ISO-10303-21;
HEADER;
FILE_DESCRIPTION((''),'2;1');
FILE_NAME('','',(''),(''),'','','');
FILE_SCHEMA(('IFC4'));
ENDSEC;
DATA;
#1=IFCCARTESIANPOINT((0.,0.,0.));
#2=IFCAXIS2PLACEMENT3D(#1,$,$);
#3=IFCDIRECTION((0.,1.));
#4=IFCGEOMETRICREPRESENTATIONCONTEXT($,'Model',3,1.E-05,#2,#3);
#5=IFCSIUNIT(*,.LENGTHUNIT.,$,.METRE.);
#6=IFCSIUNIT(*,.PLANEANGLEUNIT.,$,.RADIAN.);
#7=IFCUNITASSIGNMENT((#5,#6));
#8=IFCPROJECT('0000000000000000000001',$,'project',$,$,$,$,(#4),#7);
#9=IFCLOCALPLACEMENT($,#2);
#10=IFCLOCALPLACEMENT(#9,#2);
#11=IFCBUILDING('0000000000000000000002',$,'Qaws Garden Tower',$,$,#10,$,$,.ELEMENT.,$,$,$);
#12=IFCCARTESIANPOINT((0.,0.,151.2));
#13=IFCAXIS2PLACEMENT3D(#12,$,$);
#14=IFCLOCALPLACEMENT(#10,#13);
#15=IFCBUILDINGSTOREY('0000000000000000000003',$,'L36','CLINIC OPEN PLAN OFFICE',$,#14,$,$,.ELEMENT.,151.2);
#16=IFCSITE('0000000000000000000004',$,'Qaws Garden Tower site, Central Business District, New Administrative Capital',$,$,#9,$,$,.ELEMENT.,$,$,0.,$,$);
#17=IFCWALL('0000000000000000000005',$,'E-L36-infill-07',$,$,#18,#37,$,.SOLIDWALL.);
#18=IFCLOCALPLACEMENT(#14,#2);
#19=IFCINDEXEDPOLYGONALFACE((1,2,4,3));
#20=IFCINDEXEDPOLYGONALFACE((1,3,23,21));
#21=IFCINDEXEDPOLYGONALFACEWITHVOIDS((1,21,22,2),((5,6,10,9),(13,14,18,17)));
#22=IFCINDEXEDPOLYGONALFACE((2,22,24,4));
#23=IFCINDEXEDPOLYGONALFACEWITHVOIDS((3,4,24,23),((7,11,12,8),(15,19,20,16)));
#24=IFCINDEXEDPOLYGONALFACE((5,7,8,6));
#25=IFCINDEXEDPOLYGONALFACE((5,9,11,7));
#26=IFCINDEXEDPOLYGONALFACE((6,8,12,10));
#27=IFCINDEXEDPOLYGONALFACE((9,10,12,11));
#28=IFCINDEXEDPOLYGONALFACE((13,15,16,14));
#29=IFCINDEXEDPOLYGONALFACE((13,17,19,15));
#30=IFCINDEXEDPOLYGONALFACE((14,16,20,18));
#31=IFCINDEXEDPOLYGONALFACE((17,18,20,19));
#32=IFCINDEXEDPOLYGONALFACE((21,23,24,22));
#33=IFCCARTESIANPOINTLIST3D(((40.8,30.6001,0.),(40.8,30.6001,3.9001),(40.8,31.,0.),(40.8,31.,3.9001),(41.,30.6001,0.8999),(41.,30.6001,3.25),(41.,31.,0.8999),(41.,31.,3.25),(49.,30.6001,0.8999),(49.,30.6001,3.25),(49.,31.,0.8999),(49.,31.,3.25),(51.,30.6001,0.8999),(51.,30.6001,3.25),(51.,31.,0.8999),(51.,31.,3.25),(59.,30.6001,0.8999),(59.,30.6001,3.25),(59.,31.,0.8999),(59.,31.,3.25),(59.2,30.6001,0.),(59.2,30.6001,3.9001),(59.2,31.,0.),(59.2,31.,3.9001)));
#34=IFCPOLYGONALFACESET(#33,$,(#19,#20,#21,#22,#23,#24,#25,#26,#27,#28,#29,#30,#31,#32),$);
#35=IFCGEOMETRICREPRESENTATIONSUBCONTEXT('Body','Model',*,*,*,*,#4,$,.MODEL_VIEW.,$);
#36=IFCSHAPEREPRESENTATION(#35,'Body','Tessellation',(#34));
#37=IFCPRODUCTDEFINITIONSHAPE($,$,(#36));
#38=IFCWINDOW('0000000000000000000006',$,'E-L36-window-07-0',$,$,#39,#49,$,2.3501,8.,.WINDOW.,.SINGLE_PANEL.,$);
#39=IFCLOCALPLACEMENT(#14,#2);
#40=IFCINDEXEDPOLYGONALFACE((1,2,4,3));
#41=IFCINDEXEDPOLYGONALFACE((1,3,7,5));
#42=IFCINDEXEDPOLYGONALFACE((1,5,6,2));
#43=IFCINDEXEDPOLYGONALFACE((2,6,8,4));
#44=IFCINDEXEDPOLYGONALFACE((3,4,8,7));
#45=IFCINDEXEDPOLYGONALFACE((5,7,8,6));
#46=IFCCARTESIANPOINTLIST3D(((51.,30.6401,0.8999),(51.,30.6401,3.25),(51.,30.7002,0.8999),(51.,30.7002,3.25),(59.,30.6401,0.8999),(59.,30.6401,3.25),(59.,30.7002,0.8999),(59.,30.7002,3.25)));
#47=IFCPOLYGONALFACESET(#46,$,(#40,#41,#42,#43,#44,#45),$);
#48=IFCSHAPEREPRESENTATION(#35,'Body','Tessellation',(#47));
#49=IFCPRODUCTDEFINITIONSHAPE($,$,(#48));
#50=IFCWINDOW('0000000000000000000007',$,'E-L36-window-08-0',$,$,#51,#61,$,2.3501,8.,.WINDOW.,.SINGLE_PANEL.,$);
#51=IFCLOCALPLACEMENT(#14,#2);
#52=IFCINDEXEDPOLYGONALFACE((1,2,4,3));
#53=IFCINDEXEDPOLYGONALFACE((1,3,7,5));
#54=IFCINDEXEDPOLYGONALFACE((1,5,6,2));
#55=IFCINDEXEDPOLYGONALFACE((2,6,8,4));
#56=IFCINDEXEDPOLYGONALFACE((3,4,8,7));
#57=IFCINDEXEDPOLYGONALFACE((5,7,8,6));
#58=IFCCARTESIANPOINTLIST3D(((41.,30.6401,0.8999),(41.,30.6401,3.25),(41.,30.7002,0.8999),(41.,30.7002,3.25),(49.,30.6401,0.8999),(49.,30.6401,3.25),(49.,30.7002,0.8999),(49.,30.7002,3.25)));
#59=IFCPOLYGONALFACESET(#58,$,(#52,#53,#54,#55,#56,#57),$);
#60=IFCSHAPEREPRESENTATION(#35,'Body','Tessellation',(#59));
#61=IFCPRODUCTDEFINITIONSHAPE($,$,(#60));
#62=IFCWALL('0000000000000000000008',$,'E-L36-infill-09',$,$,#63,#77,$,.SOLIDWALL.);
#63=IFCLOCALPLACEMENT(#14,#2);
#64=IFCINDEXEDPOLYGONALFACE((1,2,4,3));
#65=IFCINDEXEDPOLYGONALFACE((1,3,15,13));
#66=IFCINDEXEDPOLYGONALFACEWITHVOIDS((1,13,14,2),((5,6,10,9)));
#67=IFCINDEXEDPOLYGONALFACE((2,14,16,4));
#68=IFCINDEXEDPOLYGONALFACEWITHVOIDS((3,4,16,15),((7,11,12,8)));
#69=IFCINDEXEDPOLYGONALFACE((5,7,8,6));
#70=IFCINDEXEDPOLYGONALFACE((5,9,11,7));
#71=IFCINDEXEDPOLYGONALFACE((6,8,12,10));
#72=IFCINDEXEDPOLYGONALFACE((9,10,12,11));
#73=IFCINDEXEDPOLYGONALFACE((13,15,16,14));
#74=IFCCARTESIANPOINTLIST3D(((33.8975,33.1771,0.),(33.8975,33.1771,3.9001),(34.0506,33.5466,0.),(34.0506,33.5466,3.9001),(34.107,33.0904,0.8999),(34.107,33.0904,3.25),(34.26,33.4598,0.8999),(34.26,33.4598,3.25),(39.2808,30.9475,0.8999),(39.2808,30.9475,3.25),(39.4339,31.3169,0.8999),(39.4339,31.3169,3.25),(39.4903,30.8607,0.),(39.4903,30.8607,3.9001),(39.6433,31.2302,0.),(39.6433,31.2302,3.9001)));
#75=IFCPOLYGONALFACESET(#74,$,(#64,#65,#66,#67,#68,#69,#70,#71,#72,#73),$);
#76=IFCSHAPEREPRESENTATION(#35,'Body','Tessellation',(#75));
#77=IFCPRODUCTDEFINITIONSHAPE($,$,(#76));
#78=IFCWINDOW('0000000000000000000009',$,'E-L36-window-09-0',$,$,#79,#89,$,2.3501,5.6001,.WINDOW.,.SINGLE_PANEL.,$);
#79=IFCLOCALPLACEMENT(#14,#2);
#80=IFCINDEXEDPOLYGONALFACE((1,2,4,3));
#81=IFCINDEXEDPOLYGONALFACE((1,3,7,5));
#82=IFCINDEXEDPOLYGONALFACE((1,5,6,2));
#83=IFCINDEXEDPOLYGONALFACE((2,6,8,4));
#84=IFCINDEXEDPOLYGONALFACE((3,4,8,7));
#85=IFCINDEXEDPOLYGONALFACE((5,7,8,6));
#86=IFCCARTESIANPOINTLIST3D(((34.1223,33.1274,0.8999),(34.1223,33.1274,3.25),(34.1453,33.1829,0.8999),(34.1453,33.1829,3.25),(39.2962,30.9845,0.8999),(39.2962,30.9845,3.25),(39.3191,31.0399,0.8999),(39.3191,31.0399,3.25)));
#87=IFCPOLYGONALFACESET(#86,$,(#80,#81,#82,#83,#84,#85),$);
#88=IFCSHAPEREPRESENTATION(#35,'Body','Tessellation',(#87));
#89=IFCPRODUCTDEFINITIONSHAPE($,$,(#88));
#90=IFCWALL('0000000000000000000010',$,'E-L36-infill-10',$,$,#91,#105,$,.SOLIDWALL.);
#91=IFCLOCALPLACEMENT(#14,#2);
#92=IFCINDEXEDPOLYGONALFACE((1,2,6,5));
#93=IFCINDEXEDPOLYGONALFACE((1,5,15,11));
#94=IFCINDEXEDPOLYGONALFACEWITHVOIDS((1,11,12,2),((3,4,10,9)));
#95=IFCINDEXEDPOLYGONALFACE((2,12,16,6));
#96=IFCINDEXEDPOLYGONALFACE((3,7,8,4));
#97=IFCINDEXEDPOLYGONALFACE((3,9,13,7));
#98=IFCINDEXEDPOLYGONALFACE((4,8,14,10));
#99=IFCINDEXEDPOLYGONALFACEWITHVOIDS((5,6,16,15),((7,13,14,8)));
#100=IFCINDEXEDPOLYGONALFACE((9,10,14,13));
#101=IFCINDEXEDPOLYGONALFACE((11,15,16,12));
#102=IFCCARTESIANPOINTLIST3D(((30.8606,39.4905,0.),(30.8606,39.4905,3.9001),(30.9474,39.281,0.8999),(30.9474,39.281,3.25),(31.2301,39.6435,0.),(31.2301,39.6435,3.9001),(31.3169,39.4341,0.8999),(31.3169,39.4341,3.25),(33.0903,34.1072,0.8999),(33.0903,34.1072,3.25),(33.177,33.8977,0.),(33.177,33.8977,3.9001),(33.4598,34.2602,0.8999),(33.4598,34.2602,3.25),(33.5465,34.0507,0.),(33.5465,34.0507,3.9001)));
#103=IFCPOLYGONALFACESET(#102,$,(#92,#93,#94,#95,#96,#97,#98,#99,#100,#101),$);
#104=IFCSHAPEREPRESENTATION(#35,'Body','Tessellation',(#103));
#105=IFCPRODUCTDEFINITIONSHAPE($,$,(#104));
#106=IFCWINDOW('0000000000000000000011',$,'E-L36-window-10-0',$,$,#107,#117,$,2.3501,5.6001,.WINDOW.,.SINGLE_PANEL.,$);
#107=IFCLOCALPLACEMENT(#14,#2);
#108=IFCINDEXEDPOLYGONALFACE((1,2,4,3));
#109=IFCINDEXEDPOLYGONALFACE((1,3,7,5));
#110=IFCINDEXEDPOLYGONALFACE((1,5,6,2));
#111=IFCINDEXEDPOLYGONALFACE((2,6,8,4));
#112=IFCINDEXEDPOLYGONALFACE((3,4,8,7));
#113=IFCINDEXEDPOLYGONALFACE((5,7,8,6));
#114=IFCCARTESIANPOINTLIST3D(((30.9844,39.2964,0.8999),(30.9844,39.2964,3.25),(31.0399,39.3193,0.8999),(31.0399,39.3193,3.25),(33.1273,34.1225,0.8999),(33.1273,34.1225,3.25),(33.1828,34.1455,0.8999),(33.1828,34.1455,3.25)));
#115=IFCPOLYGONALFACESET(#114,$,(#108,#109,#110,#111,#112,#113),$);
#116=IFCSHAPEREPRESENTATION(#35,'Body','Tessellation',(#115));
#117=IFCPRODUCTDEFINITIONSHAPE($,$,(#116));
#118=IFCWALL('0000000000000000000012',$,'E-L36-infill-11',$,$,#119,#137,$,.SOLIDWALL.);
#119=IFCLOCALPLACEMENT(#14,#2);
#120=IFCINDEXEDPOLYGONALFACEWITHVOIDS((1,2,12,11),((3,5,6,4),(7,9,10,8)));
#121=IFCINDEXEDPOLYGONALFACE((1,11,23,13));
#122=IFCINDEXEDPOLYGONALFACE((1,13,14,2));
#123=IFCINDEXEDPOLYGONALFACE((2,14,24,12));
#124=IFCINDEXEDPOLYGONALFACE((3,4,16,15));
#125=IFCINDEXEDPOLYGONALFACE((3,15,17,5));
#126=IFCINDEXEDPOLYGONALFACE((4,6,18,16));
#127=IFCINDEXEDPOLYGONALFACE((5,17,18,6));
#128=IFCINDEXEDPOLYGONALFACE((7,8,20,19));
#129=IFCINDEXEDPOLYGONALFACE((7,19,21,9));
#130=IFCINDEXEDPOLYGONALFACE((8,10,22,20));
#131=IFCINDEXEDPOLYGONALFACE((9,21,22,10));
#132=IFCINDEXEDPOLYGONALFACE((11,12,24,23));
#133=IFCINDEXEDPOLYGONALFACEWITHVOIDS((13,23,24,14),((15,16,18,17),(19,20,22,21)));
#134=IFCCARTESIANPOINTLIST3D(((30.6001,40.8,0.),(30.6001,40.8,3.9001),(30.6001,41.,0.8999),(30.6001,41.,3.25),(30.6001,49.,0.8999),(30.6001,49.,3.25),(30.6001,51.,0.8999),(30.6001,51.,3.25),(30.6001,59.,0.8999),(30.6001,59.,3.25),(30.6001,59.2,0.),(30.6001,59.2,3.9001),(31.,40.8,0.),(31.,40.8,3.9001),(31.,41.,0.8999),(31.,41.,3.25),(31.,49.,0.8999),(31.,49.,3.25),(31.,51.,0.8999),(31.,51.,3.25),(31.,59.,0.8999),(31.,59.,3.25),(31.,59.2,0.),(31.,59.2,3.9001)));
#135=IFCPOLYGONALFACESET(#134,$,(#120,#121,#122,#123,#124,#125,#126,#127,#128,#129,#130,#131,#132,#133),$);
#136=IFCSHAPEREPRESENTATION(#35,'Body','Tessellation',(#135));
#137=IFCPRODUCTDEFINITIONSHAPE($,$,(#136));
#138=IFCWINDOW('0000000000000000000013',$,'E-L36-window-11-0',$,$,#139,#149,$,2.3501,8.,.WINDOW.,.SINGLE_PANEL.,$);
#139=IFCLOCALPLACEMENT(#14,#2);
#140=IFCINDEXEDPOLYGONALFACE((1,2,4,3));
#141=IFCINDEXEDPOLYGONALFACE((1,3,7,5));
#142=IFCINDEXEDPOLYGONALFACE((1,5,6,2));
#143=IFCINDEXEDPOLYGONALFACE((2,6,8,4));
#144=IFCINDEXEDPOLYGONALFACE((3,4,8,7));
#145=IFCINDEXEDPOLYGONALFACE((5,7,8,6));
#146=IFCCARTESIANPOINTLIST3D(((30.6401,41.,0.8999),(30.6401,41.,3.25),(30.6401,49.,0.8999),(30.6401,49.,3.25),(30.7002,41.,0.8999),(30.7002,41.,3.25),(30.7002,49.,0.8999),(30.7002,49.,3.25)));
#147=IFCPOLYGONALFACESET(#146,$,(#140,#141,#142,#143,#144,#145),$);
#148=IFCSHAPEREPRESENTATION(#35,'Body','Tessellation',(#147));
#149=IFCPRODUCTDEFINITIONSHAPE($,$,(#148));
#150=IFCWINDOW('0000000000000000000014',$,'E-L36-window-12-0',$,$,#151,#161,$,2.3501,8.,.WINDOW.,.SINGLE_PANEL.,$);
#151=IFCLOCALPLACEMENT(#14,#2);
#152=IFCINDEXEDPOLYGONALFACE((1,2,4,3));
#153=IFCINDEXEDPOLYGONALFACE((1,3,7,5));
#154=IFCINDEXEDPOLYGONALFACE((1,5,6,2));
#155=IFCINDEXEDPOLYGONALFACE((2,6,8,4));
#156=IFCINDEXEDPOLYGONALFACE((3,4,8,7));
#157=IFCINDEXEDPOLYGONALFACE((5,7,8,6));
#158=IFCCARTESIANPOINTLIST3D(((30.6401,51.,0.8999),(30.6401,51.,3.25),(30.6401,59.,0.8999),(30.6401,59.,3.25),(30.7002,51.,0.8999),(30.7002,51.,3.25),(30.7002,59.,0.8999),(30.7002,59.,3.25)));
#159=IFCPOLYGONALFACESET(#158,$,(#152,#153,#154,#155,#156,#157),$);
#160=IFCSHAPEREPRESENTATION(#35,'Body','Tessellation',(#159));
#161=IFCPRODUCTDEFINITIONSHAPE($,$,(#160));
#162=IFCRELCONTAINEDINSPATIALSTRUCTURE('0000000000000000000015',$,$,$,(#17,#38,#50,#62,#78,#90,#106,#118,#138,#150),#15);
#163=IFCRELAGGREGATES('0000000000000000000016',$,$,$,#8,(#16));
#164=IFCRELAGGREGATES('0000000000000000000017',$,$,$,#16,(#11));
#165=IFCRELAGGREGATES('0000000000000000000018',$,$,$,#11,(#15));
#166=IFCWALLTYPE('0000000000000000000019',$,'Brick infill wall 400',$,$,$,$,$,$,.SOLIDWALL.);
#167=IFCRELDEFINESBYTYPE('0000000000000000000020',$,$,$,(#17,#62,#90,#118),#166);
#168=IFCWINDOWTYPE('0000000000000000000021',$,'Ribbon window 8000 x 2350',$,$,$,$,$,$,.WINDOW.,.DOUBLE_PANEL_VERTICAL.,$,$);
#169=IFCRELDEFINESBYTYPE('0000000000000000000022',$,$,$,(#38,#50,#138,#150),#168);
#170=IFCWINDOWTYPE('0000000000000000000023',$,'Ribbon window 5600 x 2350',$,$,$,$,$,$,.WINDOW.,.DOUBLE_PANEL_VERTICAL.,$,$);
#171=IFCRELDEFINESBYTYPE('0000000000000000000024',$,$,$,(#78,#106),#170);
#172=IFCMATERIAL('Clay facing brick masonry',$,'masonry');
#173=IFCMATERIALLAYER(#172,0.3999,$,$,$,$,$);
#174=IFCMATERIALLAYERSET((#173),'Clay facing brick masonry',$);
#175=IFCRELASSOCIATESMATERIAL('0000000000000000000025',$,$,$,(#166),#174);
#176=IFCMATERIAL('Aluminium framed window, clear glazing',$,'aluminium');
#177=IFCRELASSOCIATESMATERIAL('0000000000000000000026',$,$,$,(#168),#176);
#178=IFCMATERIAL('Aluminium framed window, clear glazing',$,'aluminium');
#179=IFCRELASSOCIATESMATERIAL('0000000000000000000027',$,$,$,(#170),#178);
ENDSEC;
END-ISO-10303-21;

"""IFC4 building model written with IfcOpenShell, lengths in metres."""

from ifc_helpers import new_model, si_unit, direction, frame, frame_2d, origin, place, context, subcontext, project, spatial, rectangle, extrude, material, layer, layer_set, type_object, element, fill, save


model = new_model("IFC4")

# Units and contexts
model_context = context("Model", 3, precision=1e-05, world=origin(), true_north=direction((0.0, 1.0)))
body_context = subcontext(model_context, "Body", "Model", "MODEL_VIEW")
ifc_project = project(units=[si_unit("LENGTHUNIT", "METRE"), si_unit("PLANEANGLEUNIT", "RADIAN")], contexts=[model_context])

# Site, building, storey
site_placement = place(None, origin())
site = spatial("IfcSite", under=ifc_project, at=site_placement, Name="Qaws Garden Tower site, Central Business District, New Administrative Capital", CompositionType="ELEMENT", RefElevation=0.0)
building_placement = place(site_placement, origin())
building = spatial("IfcBuilding", under=site, at=building_placement, Name="Qaws Garden Tower", CompositionType="ELEMENT")
storey_placement = place(building_placement, frame((0.0, 0.0, 151.2)))
storey = spatial("IfcBuildingStorey", under=building, at=storey_placement, Name="L36", Description="CLINIC OPEN PLAN OFFICE", CompositionType="ELEMENT", Elevation=151.2)

# Wall, openings, windows
ifc_material_1 = material(Name="Clay facing brick masonry", Category="masonry")
ifc_layer_1 = layer(ifc_material_1, 0.3999)
ifc_layer_set_1 = layer_set([ifc_layer_1], Name="Clay facing brick masonry")
wall_type_1 = type_object("IfcWallType", Name="Brick infill wall 400", PredefinedType="SOLIDWALL", material=ifc_layer_set_1)
wall_1_placement = place(storey_placement, frame((59.2, 30.8, 0.0), z_axis=(0.0, 0.0, 1.0), x_axis=(-1.0, 0.0, 0.0)))
wall_1 = element("IfcWall", 1, at=wall_1_placement, inside=storey, type_object=wall_type_1, Name="E-L36-infill-07", PredefinedType="SOLIDWALL", context=body_context, shape_type="SweptSolid", body=[
    extrude(rectangle(XDim=18.3999, YDim=0.3999, at=frame_2d((9.2, 0.0))), origin(), (0.0, 0.0, 1.0), 3.9001),
])
opening_1_placement = place(wall_1_placement, frame((0.2, 0.0, 0.8999)))
opening_1 = element("IfcOpeningElement", 2, at=opening_1_placement, cuts=wall_1, PredefinedType="OPENING", context=body_context, shape_type="SweptSolid", body=[
    extrude(rectangle(XDim=8.0, YDim=2.3501, at=frame_2d((4.0, 1.175))), frame((0.0, 0.21, 0.0), z_axis=(0.0, -1.0, 0.0), x_axis=(1.0, 0.0, 0.0)), (0.0, 0.0, 1.0), 0.4199),
])
opening_2_placement = place(wall_1_placement, frame((10.2, 0.0, 0.8999)))
opening_2 = element("IfcOpeningElement", 3, at=opening_2_placement, cuts=wall_1, PredefinedType="OPENING", context=body_context, shape_type="SweptSolid", body=[
    extrude(rectangle(XDim=8.0, YDim=2.3501, at=frame_2d((4.0, 1.175))), frame((0.0, 0.21, 0.0), z_axis=(0.0, -1.0, 0.0), x_axis=(1.0, 0.0, 0.0)), (0.0, 0.0, 1.0), 0.4199),
])
ifc_material_2 = material(Name="Aluminium framed window, clear glazing", Category="aluminium")
window_type_1 = type_object("IfcWindowType", Name="Ribbon window 8000 x 2350", PartitioningType="DOUBLE_PANEL_VERTICAL", PredefinedType="WINDOW", material=ifc_material_2)
window_1_placement = place(opening_1_placement, origin())
window_1 = element("IfcWindow", 4, at=window_1_placement, inside=storey, type_object=window_type_1, Name="E-L36-window-07-0", OverallHeight=2.3501, OverallWidth=8.0, PartitioningType="SINGLE_PANEL", PredefinedType="WINDOW", context=body_context, shape_type="SweptSolid", body=[
    extrude(rectangle(XDim=8.0, YDim=2.3501, at=frame_2d((4.0, 1.175))), frame((0.0, 0.1599, 0.0), z_axis=(0.0, -1.0, 0.0), x_axis=(1.0, 0.0, 0.0)), (0.0, 0.0, 1.0), 0.0601),
])
fill(opening_1, window_1)
window_2_placement = place(opening_2_placement, origin())
window_2 = element("IfcWindow", 5, at=window_2_placement, inside=storey, type_object=window_type_1, Name="E-L36-window-08-0", OverallHeight=2.3501, OverallWidth=8.0, PartitioningType="SINGLE_PANEL", PredefinedType="WINDOW", context=body_context, shape_type="SweptSolid", body=[
    extrude(rectangle(XDim=8.0, YDim=2.3501, at=frame_2d((4.0, 1.175))), frame((0.0, 0.1599, 0.0), z_axis=(0.0, -1.0, 0.0), x_axis=(1.0, 0.0, 0.0)), (0.0, 0.0, 1.0), 0.0601),
])
fill(opening_2, window_2)

# Walls, openings, windows
wall_2_placement = place(storey_placement, frame((39.5669, 31.0454, 0.0), z_axis=(0.0, 0.0, 1.0), x_axis=(-0.923891, 0.382656, 0.0)))
wall_2 = element("IfcWall", 6, at=wall_2_placement, inside=storey, type_object=wall_type_1, Name="E-L36-infill-09", PredefinedType="SOLIDWALL", context=body_context, shape_type="SweptSolid", body=[
    extrude(rectangle(XDim=6.0535, YDim=0.3999, at=frame_2d((3.0269, 0.0))), origin(), (0.0, 0.0, 1.0), 3.9001),
])
opening_3_placement = place(wall_2_placement, frame((0.2268, 0.0, 0.8999)))
opening_3 = element("IfcOpeningElement", 7, at=opening_3_placement, cuts=wall_2, PredefinedType="OPENING", context=body_context, shape_type="SweptSolid", body=[
    extrude(rectangle(XDim=5.6001, YDim=2.3501, at=frame_2d((2.8, 1.175))), frame((0.0, 0.21, 0.0), z_axis=(0.0, -1.0, 0.0), x_axis=(1.0, 0.0, 0.0)), (0.0, 0.0, 1.0), 0.4199),
])
ifc_material_3 = material(Name="Aluminium framed window, clear glazing", Category="aluminium")
window_type_2 = type_object("IfcWindowType", Name="Ribbon window 5600 x 2350", PartitioningType="DOUBLE_PANEL_VERTICAL", PredefinedType="WINDOW", material=ifc_material_3)
window_3_placement = place(opening_3_placement, origin())
window_3 = element("IfcWindow", 8, at=window_3_placement, inside=storey, type_object=window_type_2, Name="E-L36-window-09-0", OverallHeight=2.3501, OverallWidth=5.6001, PartitioningType="SINGLE_PANEL", PredefinedType="WINDOW", context=body_context, shape_type="SweptSolid", body=[
    extrude(rectangle(XDim=5.6001, YDim=2.3501, at=frame_2d((2.8, 1.175))), frame((0.0, 0.1599, 0.0), z_axis=(0.0, -1.0, 0.0), x_axis=(1.0, 0.0, 0.0)), (0.0, 0.0, 1.0), 0.0601),
])
fill(opening_3, window_3)
wall_3_placement = place(storey_placement, frame((33.3618, 33.9741, 0.0), z_axis=(0.0, 0.0, 1.0), x_axis=(-0.382656, 0.923891, 0.0)))
wall_3 = element("IfcWall", 9, at=wall_3_placement, inside=storey, type_object=wall_type_1, Name="E-L36-infill-10", PredefinedType="SOLIDWALL", context=body_context, shape_type="SweptSolid", body=[
    extrude(rectangle(XDim=6.0535, YDim=0.3999, at=frame_2d((3.0269, 0.0))), origin(), (0.0, 0.0, 1.0), 3.9001),
])
opening_4_placement = place(wall_3_placement, frame((0.2268, 0.0, 0.8999)))
opening_4 = element("IfcOpeningElement", 10, at=opening_4_placement, cuts=wall_3, PredefinedType="OPENING", context=body_context, shape_type="SweptSolid", body=[
    extrude(rectangle(XDim=5.6001, YDim=2.3501, at=frame_2d((2.8, 1.175))), frame((0.0, 0.21, 0.0), z_axis=(0.0, -1.0, 0.0), x_axis=(1.0, 0.0, 0.0)), (0.0, 0.0, 1.0), 0.4199),
])
window_4_placement = place(opening_4_placement, origin())
window_4 = element("IfcWindow", 11, at=window_4_placement, inside=storey, type_object=window_type_2, Name="E-L36-window-10-0", OverallHeight=2.3501, OverallWidth=5.6001, PartitioningType="SINGLE_PANEL", PredefinedType="WINDOW", context=body_context, shape_type="SweptSolid", body=[
    extrude(rectangle(XDim=5.6001, YDim=2.3501, at=frame_2d((2.8, 1.175))), frame((0.0, 0.1599, 0.0), z_axis=(0.0, -1.0, 0.0), x_axis=(1.0, 0.0, 0.0)), (0.0, 0.0, 1.0), 0.0601),
])
fill(opening_4, window_4)

# Wall, openings, windows
wall_4_placement = place(storey_placement, frame((30.8, 40.8, 0.0), z_axis=(0.0, 0.0, 1.0), x_axis=(0.0, 1.0, 0.0)))
wall_4 = element("IfcWall", 12, at=wall_4_placement, inside=storey, type_object=wall_type_1, Name="E-L36-infill-11", PredefinedType="SOLIDWALL", context=body_context, shape_type="SweptSolid", body=[
    extrude(rectangle(XDim=18.3999, YDim=0.3999, at=frame_2d((9.2, 0.0))), origin(), (0.0, 0.0, 1.0), 3.9001),
])
opening_5_placement = place(wall_4_placement, frame((0.2, 0.0, 0.8999)))
opening_5 = element("IfcOpeningElement", 13, at=opening_5_placement, cuts=wall_4, PredefinedType="OPENING", context=body_context, shape_type="SweptSolid", body=[
    extrude(rectangle(XDim=8.0, YDim=2.3501, at=frame_2d((4.0, 1.175))), frame((0.0, 0.21, 0.0), z_axis=(0.0, -1.0, 0.0), x_axis=(1.0, 0.0, 0.0)), (0.0, 0.0, 1.0), 0.4199),
])
opening_6_placement = place(wall_4_placement, frame((10.2, 0.0, 0.8999)))
opening_6 = element("IfcOpeningElement", 14, at=opening_6_placement, cuts=wall_4, PredefinedType="OPENING", context=body_context, shape_type="SweptSolid", body=[
    extrude(rectangle(XDim=8.0, YDim=2.3501, at=frame_2d((4.0, 1.175))), frame((0.0, 0.21, 0.0), z_axis=(0.0, -1.0, 0.0), x_axis=(1.0, 0.0, 0.0)), (0.0, 0.0, 1.0), 0.4199),
])
window_5_placement = place(opening_5_placement, origin())
window_5 = element("IfcWindow", 15, at=window_5_placement, inside=storey, type_object=window_type_1, Name="E-L36-window-11-0", OverallHeight=2.3501, OverallWidth=8.0, PartitioningType="SINGLE_PANEL", PredefinedType="WINDOW", context=body_context, shape_type="SweptSolid", body=[
    extrude(rectangle(XDim=8.0, YDim=2.3501, at=frame_2d((4.0, 1.175))), frame((0.0, 0.1599, 0.0), z_axis=(0.0, -1.0, 0.0), x_axis=(1.0, 0.0, 0.0)), (0.0, 0.0, 1.0), 0.0601),
])
fill(opening_5, window_5)
window_6_placement = place(opening_6_placement, origin())
window_6 = element("IfcWindow", 16, at=window_6_placement, inside=storey, type_object=window_type_1, Name="E-L36-window-12-0", OverallHeight=2.3501, OverallWidth=8.0, PartitioningType="SINGLE_PANEL", PredefinedType="WINDOW", context=body_context, shape_type="SweptSolid", body=[
    extrude(rectangle(XDim=8.0, YDim=2.3501, at=frame_2d((4.0, 1.175))), frame((0.0, 0.1599, 0.0), z_axis=(0.0, -1.0, 0.0), x_axis=(1.0, 0.0, 0.0)), (0.0, 0.0, 1.0), 0.0601),
])
fill(opening_6, window_6)

save(model, "model.ifc")
